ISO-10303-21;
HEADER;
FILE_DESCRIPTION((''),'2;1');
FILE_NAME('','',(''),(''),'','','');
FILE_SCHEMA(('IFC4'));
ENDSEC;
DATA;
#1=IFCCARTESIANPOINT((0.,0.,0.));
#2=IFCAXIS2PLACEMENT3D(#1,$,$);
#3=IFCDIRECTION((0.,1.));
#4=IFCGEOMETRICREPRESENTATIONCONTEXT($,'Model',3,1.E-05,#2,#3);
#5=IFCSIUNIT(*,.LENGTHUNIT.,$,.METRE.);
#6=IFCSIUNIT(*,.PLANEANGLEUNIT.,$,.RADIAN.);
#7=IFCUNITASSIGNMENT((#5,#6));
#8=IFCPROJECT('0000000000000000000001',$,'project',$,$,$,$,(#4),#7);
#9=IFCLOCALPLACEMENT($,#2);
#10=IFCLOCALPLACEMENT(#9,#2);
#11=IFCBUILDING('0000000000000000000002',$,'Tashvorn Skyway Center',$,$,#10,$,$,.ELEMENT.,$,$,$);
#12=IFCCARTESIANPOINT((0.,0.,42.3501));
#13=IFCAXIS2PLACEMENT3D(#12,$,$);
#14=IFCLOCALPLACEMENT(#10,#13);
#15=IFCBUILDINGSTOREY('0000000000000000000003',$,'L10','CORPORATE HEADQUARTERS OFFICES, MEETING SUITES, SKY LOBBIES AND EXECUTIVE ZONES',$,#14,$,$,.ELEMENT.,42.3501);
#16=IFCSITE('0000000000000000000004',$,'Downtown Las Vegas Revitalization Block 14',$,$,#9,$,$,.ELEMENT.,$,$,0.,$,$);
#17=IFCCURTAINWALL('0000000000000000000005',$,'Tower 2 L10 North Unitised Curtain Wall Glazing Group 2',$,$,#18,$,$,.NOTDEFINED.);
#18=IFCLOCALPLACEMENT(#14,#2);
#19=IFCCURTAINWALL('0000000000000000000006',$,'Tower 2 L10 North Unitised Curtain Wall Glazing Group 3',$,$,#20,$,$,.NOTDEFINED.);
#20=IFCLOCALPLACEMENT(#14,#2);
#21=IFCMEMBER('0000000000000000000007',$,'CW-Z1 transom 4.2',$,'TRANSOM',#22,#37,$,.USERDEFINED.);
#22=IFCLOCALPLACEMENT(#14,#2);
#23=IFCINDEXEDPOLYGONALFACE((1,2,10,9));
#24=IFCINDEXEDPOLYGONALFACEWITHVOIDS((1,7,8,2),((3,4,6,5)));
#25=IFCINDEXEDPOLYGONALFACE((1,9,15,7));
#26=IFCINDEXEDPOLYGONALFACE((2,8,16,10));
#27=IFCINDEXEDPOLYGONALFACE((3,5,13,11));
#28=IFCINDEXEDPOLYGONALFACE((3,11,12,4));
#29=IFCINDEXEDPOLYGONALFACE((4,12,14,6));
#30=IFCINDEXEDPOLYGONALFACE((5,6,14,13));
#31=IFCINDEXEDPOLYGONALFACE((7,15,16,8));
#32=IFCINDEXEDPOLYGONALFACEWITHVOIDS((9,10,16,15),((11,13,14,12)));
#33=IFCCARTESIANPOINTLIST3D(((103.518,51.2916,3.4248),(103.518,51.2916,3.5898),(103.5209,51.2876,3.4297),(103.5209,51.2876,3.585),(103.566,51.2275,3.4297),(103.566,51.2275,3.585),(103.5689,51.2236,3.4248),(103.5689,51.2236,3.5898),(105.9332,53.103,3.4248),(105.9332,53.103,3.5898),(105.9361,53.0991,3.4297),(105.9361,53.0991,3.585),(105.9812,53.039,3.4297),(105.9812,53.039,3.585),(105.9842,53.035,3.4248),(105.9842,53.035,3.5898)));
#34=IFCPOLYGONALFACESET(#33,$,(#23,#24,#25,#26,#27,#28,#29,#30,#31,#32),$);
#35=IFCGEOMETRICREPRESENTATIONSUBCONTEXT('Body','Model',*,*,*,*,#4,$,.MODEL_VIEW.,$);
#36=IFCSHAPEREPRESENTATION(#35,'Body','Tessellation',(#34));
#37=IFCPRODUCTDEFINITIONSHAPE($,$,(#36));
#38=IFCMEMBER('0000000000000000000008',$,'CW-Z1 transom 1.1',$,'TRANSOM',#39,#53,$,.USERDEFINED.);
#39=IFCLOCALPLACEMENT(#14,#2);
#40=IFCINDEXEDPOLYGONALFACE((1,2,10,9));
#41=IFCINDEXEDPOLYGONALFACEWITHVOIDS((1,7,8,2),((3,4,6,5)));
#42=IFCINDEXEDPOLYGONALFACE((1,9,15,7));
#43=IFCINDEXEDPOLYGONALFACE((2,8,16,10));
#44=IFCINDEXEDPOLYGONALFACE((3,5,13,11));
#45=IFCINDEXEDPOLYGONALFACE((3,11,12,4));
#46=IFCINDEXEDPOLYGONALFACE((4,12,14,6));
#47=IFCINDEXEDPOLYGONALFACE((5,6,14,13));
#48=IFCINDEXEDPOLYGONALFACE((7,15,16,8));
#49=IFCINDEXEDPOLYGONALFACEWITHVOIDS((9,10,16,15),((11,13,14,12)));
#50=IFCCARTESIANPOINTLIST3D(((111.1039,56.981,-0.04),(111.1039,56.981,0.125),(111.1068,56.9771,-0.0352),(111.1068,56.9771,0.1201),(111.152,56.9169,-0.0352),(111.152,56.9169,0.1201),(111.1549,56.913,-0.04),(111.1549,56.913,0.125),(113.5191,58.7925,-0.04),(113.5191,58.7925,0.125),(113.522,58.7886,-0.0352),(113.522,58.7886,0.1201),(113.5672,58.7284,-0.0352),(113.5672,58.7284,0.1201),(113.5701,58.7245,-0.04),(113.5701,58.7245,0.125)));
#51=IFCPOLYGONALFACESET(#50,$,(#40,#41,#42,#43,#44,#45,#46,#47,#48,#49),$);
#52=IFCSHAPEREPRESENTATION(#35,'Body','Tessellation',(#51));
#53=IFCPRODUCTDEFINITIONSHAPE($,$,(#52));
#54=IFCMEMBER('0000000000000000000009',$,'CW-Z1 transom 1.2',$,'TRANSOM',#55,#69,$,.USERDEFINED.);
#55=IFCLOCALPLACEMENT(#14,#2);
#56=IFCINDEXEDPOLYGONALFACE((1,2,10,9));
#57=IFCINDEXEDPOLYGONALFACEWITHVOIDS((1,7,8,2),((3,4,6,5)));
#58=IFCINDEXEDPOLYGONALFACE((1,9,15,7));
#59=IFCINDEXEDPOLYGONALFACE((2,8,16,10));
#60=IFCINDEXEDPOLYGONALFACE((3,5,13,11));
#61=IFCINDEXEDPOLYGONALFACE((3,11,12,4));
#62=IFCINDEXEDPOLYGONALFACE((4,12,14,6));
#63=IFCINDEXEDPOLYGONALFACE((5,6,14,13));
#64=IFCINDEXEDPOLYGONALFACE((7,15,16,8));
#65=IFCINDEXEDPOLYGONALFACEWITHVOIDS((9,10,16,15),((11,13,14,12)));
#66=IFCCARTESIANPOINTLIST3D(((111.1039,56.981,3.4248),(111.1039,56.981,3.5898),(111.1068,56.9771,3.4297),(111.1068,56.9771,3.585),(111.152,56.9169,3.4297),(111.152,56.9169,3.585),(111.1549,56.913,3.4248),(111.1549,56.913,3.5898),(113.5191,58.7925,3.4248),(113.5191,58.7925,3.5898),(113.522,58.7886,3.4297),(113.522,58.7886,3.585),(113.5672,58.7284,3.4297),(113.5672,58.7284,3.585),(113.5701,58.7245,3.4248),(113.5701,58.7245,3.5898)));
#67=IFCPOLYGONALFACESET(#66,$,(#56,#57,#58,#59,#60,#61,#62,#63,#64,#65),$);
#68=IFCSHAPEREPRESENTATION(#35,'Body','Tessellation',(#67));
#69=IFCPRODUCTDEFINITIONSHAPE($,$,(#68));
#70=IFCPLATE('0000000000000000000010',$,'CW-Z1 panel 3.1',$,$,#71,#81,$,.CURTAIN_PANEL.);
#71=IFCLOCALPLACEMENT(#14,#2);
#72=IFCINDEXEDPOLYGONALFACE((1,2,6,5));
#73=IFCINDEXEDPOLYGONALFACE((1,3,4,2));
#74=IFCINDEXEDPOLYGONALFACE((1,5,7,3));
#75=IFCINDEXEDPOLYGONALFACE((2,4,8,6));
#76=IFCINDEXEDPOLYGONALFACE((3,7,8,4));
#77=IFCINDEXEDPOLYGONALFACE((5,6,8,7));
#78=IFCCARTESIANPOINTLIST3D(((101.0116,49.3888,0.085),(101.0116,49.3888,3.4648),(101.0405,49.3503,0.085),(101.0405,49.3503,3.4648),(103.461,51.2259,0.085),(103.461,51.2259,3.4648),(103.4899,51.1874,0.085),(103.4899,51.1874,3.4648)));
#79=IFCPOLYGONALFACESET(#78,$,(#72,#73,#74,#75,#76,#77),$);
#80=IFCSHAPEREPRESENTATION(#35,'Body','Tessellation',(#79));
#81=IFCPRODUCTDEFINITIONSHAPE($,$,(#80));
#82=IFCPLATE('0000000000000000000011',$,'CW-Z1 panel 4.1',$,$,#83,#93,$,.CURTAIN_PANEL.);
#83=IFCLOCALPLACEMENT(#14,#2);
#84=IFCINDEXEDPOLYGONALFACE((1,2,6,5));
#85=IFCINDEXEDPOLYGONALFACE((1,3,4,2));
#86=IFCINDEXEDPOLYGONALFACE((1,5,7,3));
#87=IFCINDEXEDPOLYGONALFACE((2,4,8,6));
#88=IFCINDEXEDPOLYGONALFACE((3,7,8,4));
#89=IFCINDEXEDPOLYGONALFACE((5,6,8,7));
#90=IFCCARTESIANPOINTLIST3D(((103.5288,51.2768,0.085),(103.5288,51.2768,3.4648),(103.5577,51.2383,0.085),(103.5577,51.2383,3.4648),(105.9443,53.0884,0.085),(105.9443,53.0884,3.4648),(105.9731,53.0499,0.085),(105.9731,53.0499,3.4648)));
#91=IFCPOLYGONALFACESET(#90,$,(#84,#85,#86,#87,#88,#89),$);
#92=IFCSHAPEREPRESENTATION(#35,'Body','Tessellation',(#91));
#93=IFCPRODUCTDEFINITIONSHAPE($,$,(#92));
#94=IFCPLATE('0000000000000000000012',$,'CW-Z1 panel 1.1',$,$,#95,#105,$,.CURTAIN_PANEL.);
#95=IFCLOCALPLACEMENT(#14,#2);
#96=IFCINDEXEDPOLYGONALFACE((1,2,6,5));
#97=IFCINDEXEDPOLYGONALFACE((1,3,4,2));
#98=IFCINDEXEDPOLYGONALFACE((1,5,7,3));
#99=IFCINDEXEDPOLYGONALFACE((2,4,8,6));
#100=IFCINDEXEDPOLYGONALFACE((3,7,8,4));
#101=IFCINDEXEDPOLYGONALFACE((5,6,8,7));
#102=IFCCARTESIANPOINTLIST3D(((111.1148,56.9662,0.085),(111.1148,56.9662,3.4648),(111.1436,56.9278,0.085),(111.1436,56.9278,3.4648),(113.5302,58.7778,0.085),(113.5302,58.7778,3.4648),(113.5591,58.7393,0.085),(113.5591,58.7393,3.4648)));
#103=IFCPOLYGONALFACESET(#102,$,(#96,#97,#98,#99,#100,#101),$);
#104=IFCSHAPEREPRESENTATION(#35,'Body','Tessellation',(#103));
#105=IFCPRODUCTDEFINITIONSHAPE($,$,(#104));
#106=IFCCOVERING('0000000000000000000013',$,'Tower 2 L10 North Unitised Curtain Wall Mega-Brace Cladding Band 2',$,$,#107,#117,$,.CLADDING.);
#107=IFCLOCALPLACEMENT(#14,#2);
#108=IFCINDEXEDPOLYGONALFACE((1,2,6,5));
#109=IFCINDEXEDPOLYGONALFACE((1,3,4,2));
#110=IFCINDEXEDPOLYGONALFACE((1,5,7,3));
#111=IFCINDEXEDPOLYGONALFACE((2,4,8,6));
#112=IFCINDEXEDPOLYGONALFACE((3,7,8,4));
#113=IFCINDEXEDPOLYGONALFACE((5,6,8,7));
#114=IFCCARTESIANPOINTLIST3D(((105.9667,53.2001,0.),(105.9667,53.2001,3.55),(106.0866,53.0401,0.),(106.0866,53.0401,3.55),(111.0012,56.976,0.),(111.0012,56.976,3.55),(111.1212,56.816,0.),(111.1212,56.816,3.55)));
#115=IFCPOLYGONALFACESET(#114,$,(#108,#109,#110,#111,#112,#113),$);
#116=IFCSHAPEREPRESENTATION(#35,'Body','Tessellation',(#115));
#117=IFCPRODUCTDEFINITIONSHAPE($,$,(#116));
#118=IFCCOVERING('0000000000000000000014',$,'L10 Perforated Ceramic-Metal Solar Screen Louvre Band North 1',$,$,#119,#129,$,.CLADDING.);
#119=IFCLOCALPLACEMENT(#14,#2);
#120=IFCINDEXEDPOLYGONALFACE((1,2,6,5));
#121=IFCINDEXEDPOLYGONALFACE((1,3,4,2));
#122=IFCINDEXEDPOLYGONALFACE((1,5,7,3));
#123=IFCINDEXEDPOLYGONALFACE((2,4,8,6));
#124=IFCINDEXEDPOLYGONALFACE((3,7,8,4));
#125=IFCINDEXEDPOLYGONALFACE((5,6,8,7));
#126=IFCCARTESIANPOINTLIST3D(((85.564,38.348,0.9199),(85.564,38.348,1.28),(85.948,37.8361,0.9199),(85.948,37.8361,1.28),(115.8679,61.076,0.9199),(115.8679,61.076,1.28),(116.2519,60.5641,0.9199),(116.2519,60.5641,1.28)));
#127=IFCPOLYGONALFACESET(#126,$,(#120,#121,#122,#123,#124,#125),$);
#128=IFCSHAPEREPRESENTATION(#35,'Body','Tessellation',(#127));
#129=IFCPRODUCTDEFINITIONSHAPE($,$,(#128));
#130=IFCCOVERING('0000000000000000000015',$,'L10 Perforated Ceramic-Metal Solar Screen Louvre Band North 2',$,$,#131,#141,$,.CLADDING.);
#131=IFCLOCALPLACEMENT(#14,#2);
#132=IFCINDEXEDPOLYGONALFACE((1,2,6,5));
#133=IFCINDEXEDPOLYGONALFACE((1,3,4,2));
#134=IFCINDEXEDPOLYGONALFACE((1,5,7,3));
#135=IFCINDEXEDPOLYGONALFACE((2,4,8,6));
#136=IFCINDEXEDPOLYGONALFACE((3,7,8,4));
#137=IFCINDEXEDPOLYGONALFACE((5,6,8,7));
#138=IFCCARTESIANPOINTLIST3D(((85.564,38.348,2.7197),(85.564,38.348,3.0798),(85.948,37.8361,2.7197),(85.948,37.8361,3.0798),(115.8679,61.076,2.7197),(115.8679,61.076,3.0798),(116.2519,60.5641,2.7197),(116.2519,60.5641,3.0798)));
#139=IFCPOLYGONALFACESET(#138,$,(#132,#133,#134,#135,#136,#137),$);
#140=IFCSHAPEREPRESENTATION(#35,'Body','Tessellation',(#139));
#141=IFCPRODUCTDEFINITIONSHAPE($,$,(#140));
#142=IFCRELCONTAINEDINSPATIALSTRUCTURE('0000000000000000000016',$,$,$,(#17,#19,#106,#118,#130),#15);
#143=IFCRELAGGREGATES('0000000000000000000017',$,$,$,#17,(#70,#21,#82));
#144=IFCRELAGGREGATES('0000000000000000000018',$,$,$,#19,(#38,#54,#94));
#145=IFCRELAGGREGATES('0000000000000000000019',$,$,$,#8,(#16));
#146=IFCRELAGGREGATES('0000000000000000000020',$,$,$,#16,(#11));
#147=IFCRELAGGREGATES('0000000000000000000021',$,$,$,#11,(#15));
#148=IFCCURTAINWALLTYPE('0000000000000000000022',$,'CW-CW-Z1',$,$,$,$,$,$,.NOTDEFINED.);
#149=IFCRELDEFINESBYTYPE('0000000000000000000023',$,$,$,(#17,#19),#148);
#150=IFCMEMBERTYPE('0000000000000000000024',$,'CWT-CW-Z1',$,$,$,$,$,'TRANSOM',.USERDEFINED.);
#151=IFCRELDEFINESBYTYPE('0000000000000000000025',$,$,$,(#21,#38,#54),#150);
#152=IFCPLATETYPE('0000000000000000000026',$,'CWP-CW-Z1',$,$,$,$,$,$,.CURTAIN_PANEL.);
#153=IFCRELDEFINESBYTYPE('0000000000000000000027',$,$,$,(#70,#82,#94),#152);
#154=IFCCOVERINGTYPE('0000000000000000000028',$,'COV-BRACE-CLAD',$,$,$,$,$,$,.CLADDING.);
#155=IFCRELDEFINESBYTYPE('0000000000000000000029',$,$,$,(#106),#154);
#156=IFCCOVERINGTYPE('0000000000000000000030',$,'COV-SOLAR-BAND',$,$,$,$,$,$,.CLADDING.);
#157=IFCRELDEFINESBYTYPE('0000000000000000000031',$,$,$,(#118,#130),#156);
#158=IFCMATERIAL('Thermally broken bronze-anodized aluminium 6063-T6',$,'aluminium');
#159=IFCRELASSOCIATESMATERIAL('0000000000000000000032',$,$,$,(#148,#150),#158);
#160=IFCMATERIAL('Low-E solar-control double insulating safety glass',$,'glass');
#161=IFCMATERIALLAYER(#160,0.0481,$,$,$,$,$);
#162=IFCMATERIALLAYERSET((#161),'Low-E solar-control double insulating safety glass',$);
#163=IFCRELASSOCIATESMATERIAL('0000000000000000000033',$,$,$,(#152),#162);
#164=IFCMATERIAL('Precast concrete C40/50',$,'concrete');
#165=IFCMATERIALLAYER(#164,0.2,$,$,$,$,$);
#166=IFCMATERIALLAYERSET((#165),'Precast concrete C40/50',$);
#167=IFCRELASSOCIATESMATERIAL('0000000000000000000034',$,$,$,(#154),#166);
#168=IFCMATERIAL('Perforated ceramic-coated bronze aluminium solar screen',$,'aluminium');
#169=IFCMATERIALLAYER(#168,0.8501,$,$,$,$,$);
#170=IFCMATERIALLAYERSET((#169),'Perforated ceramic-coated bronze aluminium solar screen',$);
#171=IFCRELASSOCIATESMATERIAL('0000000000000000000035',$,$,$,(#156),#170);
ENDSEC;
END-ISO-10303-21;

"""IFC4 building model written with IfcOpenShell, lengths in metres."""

from ifc_helpers import new_model, si_unit, direction, frame, origin, origin_2d, place, context, subcontext, project, spatial, rectangle, hollow_rectangle, extrude, material, layer, layer_set, material_profile, profile_set, type_object, element, aggregate, save


model = new_model("IFC4")

# Units and contexts
model_context = context("Model", 3, precision=1e-05, world=origin(), true_north=direction((0.0, 1.0)))
body_context = subcontext(model_context, "Body", "Model", "MODEL_VIEW")
ifc_project = project(units=[si_unit("LENGTHUNIT", "METRE"), si_unit("PLANEANGLEUNIT", "RADIAN")], contexts=[model_context])

# Site, building, storey
site_placement = place(None, origin())
site = spatial("IfcSite", under=ifc_project, at=site_placement, Name="Downtown Las Vegas Revitalization Block 14", CompositionType="ELEMENT", RefElevation=0.0)
building_placement = place(site_placement, origin())
building = spatial("IfcBuilding", under=site, at=building_placement, Name="Tashvorn Skyway Center", CompositionType="ELEMENT")
storey_placement = place(building_placement, frame((0.0, 0.0, 42.3501)))
storey = spatial("IfcBuildingStorey", under=building, at=storey_placement, Name="L10", Description="CORPORATE HEADQUARTERS OFFICES, MEETING SUITES, SKY LOBBIES AND EXECUTIVE ZONES", CompositionType="ELEMENT", Elevation=42.3501)

# Curtain wall
ifc_material_1 = material(Name="Thermally broken bronze-anodized aluminium 6063-T6", Category="aluminium")
curtain_wall_type = type_object("IfcCurtainWallType", Name="CW-CW-Z1", PredefinedType="NOTDEFINED", material=ifc_material_1)
curtain_wall_1_placement = place(storey_placement, origin())
curtain_wall_1 = element("IfcCurtainWall", 1, at=curtain_wall_1_placement, inside=storey, type_object=curtain_wall_type, Name="Tower 2 L10 North Unitised Curtain Wall Glazing Group 2", PredefinedType="NOTDEFINED")

# Curtain wall
curtain_wall_2_placement = place(storey_placement, origin())
curtain_wall_2 = element("IfcCurtainWall", 2, at=curtain_wall_2_placement, inside=storey, type_object=curtain_wall_type, Name="Tower 2 L10 North Unitised Curtain Wall Glazing Group 3", PredefinedType="NOTDEFINED")

# Members
ifc_material_profile_1 = material_profile(ifc_material_1, hollow_rectangle(XDim=0.085, YDim=0.165, WallThickness=0.0049, at=origin_2d()), Name="ALU-TRAN-85x165")
ifc_profile_set_1 = profile_set([ifc_material_profile_1], Name="Thermally broken bronze-anodized aluminium 6063-T6")
member_type_1 = type_object("IfcMemberType", Name="CWT-CW-Z1", ElementType="TRANSOM", PredefinedType="USERDEFINED", material=ifc_profile_set_1)
member_1_placement = place(storey_placement, frame((103.5435, 51.2576, 3.5073), z_axis=(0.79999, 0.600013, 0.0), x_axis=(-0.600013, 0.79999, 0.0)))
member_1 = element("IfcMember", 3, at=member_1_placement, type_object=member_type_1, Name="CW-Z1 transom 4.2", ObjectType="TRANSOM", PredefinedType="USERDEFINED", context=body_context, shape_type="SweptSolid", body=[
    extrude(hollow_rectangle(XDim=0.085, YDim=0.165, WallThickness=0.0049, at=origin_2d()), origin(), (0.0, 0.0, 1.0), 3.019),
])
member_2_placement = place(storey_placement, frame((111.1294, 56.947, 0.0425), z_axis=(0.79999, 0.600013, 0.0), x_axis=(-0.600013, 0.79999, 0.0)))
member_2 = element("IfcMember", 4, at=member_2_placement, type_object=member_type_1, Name="CW-Z1 transom 1.1", ObjectType="TRANSOM", PredefinedType="USERDEFINED", context=body_context, shape_type="SweptSolid", body=[
    extrude(hollow_rectangle(XDim=0.085, YDim=0.165, WallThickness=0.0049, at=origin_2d()), origin(), (0.0, 0.0, 1.0), 3.019),
])
member_3_placement = place(storey_placement, frame((111.1294, 56.947, 3.5073), z_axis=(0.79999, 0.600013, 0.0), x_axis=(-0.600013, 0.79999, 0.0)))
member_3 = element("IfcMember", 5, at=member_3_placement, type_object=member_type_1, Name="CW-Z1 transom 1.2", ObjectType="TRANSOM", PredefinedType="USERDEFINED", context=body_context, shape_type="SweptSolid", body=[
    extrude(hollow_rectangle(XDim=0.085, YDim=0.165, WallThickness=0.0049, at=origin_2d()), origin(), (0.0, 0.0, 1.0), 3.019),
])

# Plates
ifc_material_2 = material(Name="Low-E solar-control double insulating safety glass", Category="glass")
ifc_layer_1 = layer(ifc_material_2, 0.0481)
ifc_layer_set_1 = layer_set([ifc_layer_1], Name="Low-E solar-control double insulating safety glass")
plate_type = type_object("IfcPlateType", Name="CWP-CW-Z1", PredefinedType="CURTAIN_PANEL", material=ifc_layer_set_1)
plate_1_placement = place(storey_placement, frame((102.2507, 50.2881, 0.085), z_axis=(0.0, 0.0, 1.0), x_axis=(0.800002, 0.599997, 0.0)))
plate_1 = element("IfcPlate", 6, at=plate_1_placement, type_object=plate_type, Name="CW-Z1 panel 3.1", PredefinedType="CURTAIN_PANEL", context=body_context, shape_type="SweptSolid", body=[
    extrude(rectangle(XDim=3.0618, YDim=0.0481, at=origin_2d()), origin(), (0.0, 0.0, 1.0), 3.3799),
])
plate_2_placement = place(storey_placement, frame((104.751, 52.1633, 0.085), z_axis=(0.0, 0.0, 1.0), x_axis=(0.800002, 0.599997, 0.0)))
plate_2 = element("IfcPlate", 7, at=plate_2_placement, type_object=plate_type, Name="CW-Z1 panel 4.1", PredefinedType="CURTAIN_PANEL", context=body_context, shape_type="SweptSolid", body=[
    extrude(rectangle(XDim=3.0193, YDim=0.0481, at=origin_2d()), origin(), (0.0, 0.0, 1.0), 3.3799),
])
aggregate(curtain_wall_1, [plate_1, member_1, plate_2])
plate_3_placement = place(storey_placement, frame((112.3369, 57.8528, 0.085), z_axis=(0.0, 0.0, 1.0), x_axis=(0.800002, 0.599997, 0.0)))
plate_3 = element("IfcPlate", 8, at=plate_3_placement, type_object=plate_type, Name="CW-Z1 panel 1.1", PredefinedType="CURTAIN_PANEL", context=body_context, shape_type="SweptSolid", body=[
    extrude(rectangle(XDim=3.0193, YDim=0.0481, at=origin_2d()), origin(), (0.0, 0.0, 1.0), 3.3799),
])
aggregate(curtain_wall_2, [member_2, member_3, plate_3])

# Coverings
ifc_material_3 = material(Name="Precast concrete C40/50", Category="concrete")
ifc_layer_2 = layer(ifc_material_3, 0.2)
ifc_layer_set_2 = layer_set([ifc_layer_2], Name="Precast concrete C40/50")
covering_type_1 = type_object("IfcCoveringType", Name="COV-BRACE-CLAD", PredefinedType="CLADDING", material=ifc_layer_set_2)
covering_placement = place(storey_placement, frame((108.5439, 55.0081, 0.0), z_axis=(0.0, 0.0, 1.0), x_axis=(0.8, 0.6, 0.0)))
element("IfcCovering", 9, at=covering_placement, inside=storey, type_object=covering_type_1, Name="Tower 2 L10 North Unitised Curtain Wall Mega-Brace Cladding Band 2", PredefinedType="CLADDING", context=body_context, shape_type="SweptSolid", body=[
    extrude(rectangle(XDim=6.2932, YDim=0.2, at=origin_2d()), origin(), (0.0, 0.0, 1.0), 3.55),
])
ifc_material_4 = material(Name="Perforated ceramic-coated bronze aluminium solar screen", Category="aluminium")
ifc_layer_3 = layer(ifc_material_4, 0.8501)
ifc_layer_set_3 = layer_set([ifc_layer_3], Name="Perforated ceramic-coated bronze aluminium solar screen")
covering_type_2 = type_object("IfcCoveringType", Name="COV-SOLAR-BAND", PredefinedType="CLADDING", material=ifc_layer_set_3)
for number, where, z_axis, x_axis, name in (
    (10, (100.908, 49.4561, 0.9199), (0.0, 0.0, 1.0), (0.8, 0.6, 0.0), "L10 Perforated Ceramic-Metal Solar Screen Louvre Band North 1"),
    (11, (100.908, 49.4561, 2.7197), (0.0, 0.0, 1.0), (0.8, 0.6, 0.0), "L10 Perforated Ceramic-Metal Solar Screen Louvre Band North 2"),
):
    element("IfcCovering", number, at=place(storey_placement, frame(where, z_axis=z_axis, x_axis=x_axis)), inside=storey, type_object=covering_type_2, Name=name, PredefinedType="CLADDING", context=body_context, shape_type="SweptSolid", body=[
        extrude(rectangle(XDim=37.8799, YDim=0.6399, at=origin_2d()), origin(), (0.0, 0.0, 1.0), 0.3601),
    ])

save(model, "model.ifc")
